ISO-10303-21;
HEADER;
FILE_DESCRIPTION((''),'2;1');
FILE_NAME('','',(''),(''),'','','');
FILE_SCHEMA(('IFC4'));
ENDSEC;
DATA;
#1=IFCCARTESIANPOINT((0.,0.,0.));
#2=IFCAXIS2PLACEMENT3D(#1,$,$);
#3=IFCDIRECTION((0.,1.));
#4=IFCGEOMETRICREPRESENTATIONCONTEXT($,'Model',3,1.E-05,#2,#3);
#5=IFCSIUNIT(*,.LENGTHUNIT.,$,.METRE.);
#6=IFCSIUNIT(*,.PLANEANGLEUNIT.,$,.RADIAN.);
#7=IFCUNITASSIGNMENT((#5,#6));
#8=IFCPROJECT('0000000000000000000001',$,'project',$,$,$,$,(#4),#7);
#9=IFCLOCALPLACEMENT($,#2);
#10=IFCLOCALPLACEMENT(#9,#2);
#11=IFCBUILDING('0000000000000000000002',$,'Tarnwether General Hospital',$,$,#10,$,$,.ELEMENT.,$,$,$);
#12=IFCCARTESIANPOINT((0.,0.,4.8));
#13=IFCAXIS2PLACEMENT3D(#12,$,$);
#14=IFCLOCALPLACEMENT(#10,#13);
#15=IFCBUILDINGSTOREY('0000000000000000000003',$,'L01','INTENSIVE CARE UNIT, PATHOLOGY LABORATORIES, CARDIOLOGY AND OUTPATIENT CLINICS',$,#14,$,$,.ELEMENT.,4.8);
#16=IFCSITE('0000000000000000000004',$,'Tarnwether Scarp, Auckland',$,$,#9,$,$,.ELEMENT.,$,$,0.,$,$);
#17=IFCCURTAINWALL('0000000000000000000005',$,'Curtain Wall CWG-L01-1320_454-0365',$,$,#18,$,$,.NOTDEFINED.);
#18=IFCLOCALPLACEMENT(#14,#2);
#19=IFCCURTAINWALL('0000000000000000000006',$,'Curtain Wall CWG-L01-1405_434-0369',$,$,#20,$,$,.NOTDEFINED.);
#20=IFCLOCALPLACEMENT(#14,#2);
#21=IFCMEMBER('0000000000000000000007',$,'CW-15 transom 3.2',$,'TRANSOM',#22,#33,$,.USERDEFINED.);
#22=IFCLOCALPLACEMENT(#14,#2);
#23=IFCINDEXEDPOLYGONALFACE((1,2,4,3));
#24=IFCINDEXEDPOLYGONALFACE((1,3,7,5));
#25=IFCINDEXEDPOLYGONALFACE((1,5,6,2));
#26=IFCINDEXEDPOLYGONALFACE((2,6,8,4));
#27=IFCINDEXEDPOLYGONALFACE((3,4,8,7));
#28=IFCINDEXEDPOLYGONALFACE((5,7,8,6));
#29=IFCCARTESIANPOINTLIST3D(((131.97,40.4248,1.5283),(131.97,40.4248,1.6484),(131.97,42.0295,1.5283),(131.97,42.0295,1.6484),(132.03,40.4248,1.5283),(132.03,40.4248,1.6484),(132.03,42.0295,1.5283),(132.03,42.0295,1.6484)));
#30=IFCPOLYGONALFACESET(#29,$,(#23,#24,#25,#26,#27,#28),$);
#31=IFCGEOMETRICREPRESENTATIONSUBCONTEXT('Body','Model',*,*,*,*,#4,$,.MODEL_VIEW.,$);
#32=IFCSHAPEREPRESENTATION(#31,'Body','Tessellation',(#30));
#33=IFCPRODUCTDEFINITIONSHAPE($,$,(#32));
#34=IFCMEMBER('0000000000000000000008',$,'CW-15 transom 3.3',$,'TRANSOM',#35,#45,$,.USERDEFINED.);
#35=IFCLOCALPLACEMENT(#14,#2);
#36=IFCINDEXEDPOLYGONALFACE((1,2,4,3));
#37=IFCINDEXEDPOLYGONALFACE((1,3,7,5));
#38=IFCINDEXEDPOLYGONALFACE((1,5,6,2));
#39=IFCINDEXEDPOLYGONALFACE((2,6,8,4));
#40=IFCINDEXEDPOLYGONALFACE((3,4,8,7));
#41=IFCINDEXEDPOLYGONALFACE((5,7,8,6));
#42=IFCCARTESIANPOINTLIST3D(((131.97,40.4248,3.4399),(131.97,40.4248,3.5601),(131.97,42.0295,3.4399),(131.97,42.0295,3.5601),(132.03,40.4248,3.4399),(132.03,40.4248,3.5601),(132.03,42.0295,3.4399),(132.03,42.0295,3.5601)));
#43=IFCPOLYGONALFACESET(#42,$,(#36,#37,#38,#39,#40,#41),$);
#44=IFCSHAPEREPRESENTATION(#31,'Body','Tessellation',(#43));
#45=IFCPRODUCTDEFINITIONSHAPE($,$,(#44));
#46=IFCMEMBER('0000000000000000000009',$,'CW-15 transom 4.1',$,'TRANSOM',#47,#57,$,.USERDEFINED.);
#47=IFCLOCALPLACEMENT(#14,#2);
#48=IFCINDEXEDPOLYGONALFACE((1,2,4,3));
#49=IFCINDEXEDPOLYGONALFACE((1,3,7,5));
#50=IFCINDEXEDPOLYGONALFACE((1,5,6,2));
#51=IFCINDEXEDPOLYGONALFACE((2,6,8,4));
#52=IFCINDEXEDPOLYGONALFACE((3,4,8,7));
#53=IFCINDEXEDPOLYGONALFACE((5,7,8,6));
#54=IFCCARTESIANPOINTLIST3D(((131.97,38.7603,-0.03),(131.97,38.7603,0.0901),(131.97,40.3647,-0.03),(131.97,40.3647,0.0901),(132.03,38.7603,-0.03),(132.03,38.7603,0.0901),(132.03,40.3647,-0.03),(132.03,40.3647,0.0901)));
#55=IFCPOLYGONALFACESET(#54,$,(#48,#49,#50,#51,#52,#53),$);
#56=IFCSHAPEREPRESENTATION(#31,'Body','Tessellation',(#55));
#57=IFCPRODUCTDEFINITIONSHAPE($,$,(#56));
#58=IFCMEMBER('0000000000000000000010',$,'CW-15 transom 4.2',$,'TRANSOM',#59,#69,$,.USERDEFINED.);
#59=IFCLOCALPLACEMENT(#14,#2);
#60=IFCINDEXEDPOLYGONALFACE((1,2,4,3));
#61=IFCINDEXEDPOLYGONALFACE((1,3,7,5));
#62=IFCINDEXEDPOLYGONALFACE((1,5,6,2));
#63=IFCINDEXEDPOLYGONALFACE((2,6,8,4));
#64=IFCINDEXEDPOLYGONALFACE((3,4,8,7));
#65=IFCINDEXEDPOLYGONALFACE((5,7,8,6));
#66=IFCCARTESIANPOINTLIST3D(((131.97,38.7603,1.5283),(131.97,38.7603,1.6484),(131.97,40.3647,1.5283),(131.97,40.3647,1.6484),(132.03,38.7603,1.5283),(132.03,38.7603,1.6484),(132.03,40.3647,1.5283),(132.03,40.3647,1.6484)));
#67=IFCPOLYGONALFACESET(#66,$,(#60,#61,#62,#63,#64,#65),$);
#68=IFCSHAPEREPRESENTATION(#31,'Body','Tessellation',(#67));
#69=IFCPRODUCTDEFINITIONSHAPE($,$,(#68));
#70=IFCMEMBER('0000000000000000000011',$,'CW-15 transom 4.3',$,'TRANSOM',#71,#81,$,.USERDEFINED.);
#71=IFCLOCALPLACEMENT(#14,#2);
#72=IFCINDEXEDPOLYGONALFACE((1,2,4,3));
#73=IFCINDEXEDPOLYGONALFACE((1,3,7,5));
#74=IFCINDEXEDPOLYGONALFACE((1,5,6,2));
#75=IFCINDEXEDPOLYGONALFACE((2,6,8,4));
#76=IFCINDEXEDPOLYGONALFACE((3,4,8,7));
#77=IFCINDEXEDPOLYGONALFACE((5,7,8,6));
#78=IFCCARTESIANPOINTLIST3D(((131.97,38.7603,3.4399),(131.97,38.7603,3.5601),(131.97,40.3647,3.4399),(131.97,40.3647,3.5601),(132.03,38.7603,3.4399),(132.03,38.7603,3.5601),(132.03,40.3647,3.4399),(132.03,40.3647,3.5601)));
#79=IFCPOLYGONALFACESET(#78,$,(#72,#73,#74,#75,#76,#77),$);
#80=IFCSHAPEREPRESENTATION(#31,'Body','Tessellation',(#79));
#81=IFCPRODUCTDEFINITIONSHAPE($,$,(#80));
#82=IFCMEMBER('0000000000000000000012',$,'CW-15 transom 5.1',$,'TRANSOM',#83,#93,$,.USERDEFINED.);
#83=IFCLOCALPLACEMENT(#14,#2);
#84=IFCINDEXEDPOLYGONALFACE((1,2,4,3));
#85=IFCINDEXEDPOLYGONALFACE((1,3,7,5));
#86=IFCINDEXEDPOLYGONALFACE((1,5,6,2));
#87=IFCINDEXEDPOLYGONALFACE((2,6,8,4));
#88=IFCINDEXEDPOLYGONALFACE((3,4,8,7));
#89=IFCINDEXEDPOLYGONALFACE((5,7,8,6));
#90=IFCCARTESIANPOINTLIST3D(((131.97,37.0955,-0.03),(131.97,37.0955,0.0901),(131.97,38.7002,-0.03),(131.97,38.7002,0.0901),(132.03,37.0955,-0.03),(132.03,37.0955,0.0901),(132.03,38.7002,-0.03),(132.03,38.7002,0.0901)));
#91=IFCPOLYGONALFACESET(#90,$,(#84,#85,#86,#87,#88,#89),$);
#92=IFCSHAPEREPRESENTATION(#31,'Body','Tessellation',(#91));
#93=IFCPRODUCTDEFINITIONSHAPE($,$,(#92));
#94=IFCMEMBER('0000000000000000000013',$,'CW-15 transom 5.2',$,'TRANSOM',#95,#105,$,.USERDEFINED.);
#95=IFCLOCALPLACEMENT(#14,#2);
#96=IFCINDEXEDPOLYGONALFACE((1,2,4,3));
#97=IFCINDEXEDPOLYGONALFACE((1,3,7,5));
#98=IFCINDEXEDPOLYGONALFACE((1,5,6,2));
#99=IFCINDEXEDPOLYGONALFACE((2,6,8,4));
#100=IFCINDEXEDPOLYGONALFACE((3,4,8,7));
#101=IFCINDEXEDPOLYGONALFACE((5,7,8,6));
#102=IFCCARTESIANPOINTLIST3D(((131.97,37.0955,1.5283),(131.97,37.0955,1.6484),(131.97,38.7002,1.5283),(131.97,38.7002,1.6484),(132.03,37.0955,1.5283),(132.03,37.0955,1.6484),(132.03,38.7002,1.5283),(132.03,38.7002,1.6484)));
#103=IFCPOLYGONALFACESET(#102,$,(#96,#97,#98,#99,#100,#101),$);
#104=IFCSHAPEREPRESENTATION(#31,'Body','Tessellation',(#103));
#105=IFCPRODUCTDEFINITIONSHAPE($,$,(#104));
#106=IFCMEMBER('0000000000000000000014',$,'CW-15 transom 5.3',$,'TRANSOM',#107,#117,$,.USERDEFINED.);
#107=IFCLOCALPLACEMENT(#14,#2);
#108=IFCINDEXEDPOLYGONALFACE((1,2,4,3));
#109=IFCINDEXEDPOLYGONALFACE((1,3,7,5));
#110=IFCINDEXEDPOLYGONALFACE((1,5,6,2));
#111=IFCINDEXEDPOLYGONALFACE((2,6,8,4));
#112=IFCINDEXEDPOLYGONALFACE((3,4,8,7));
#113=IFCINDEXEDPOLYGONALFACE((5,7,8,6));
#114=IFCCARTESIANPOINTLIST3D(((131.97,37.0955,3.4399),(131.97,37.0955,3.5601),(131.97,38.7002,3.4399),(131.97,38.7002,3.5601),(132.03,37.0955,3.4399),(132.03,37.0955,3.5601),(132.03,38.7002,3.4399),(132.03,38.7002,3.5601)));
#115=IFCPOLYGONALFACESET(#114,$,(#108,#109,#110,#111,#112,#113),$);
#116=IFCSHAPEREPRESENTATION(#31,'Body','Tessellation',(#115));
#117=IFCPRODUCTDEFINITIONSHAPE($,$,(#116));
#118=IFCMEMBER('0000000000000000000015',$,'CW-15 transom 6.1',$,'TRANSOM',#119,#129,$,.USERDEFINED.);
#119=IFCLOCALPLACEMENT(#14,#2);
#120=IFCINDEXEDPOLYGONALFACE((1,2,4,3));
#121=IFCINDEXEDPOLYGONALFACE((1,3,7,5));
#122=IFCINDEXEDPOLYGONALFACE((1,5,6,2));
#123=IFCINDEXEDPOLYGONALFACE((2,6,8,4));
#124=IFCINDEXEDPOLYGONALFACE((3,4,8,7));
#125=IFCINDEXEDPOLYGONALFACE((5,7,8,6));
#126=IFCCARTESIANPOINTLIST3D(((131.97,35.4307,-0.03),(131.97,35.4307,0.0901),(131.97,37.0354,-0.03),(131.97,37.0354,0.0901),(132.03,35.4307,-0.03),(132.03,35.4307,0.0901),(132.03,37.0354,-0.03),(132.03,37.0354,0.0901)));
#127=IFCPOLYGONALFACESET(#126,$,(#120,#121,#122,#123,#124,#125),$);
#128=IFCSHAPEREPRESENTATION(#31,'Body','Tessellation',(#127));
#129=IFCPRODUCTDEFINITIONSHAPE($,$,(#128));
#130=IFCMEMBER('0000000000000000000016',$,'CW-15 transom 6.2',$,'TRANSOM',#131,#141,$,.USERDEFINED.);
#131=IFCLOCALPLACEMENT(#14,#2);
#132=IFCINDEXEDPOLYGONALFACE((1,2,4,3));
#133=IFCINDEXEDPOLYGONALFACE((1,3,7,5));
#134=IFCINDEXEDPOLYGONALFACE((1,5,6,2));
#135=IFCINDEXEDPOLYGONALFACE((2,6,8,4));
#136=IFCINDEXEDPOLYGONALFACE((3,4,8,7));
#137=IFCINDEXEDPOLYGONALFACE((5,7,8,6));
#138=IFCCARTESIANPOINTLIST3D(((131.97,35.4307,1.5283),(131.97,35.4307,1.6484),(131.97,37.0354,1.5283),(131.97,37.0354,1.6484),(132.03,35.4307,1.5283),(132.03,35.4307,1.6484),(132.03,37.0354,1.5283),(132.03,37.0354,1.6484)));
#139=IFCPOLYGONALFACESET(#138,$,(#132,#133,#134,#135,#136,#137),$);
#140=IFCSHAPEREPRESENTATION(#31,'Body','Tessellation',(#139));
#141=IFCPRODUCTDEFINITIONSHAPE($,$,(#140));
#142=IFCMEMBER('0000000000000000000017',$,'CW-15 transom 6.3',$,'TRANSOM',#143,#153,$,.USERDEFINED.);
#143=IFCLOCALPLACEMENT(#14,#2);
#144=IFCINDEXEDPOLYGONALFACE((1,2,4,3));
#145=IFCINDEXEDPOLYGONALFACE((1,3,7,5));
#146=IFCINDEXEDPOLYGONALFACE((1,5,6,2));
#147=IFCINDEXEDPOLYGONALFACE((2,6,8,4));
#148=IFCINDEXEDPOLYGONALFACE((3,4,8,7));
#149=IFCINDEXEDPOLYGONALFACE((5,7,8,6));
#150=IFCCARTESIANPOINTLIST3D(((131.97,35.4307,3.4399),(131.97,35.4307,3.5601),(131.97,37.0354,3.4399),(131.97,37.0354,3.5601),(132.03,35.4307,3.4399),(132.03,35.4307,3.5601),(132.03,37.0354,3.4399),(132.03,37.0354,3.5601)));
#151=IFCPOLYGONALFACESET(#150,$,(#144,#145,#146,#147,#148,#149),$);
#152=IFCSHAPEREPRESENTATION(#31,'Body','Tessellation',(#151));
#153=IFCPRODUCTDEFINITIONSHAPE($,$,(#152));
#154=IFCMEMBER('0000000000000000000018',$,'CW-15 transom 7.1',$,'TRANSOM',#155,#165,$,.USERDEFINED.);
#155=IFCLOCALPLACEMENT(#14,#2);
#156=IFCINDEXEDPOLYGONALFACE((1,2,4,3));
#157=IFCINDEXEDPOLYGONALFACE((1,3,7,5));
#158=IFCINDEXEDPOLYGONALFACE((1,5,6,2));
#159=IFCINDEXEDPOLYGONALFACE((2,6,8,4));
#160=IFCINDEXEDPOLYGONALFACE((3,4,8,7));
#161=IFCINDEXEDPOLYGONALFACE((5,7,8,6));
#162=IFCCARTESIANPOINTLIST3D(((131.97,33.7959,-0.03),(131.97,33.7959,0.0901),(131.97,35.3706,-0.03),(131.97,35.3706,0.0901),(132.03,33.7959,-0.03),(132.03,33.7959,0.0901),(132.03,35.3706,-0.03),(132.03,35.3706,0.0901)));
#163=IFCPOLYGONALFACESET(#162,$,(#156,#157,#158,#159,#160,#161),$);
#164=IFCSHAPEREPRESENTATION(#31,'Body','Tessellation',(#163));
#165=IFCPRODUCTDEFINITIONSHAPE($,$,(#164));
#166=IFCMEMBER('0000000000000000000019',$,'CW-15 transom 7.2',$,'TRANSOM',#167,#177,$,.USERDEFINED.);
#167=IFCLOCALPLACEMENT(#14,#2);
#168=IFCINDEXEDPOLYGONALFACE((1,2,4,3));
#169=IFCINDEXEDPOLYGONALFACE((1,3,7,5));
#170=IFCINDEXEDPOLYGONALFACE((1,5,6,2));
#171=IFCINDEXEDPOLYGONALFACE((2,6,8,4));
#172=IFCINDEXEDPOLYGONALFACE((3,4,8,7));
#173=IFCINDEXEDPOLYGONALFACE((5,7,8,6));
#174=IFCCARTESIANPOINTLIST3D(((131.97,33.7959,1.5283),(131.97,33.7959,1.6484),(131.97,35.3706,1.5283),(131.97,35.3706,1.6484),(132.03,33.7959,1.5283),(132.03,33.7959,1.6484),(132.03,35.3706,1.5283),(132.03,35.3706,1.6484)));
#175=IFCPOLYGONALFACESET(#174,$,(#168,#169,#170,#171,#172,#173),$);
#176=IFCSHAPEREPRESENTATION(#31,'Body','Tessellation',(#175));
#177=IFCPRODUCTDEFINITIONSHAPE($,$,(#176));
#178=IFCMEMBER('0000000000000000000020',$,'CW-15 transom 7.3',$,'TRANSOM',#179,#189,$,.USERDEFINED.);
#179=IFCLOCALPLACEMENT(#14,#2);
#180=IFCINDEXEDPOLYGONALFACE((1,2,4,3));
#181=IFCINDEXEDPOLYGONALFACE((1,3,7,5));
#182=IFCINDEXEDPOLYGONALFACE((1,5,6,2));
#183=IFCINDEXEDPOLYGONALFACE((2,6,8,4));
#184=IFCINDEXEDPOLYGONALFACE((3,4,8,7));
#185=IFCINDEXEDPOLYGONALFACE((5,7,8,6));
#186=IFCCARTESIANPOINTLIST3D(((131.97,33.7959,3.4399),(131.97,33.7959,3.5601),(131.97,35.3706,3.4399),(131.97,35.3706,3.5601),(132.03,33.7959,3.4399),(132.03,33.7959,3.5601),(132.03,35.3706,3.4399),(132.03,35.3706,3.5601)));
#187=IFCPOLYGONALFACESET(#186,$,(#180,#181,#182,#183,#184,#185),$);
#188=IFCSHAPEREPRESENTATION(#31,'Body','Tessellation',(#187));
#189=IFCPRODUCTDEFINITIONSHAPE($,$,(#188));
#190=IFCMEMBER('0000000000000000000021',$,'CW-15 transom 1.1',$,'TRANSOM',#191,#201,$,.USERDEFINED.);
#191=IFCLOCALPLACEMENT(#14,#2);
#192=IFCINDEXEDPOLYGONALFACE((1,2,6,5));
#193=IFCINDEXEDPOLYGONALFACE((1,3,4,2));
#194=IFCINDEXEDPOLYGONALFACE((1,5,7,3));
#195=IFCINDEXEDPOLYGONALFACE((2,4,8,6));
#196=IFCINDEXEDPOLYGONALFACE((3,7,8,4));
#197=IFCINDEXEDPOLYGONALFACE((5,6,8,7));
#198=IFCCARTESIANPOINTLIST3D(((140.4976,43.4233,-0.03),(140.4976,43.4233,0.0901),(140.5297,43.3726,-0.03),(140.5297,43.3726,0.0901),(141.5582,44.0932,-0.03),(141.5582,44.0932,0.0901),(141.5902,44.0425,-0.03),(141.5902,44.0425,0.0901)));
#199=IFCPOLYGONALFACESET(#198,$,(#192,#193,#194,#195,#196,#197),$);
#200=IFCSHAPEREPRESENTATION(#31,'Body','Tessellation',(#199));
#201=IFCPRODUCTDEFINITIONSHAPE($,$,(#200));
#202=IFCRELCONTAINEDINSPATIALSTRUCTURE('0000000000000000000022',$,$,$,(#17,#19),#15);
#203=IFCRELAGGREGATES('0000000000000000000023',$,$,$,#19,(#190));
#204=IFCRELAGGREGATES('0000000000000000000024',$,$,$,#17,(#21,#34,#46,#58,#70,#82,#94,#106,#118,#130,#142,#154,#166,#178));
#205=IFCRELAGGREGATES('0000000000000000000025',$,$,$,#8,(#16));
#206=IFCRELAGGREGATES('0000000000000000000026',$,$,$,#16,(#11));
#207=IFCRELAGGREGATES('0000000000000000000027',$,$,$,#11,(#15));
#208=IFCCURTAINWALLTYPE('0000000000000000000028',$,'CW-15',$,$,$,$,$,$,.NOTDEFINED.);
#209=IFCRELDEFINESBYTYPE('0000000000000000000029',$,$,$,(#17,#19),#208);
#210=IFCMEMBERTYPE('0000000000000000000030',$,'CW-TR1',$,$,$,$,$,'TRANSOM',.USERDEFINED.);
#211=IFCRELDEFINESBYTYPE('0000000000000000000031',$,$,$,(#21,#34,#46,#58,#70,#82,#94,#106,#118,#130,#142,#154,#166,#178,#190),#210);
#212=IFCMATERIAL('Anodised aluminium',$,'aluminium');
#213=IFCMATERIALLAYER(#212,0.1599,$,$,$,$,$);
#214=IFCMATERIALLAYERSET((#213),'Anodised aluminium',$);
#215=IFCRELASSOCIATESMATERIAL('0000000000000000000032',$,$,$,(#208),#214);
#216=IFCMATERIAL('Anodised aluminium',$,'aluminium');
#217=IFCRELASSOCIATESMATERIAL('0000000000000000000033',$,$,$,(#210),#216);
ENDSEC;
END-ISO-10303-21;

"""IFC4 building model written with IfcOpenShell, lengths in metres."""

from ifc_helpers import new_model, si_unit, direction, frame, origin, origin_2d, place, context, subcontext, project, spatial, rectangle, extrude, material, layer, layer_set, material_profile, profile_set, type_object, element, aggregate, save


model = new_model("IFC4")

# Units and contexts
model_context = context("Model", 3, precision=1e-05, world=origin(), true_north=direction((0.0, 1.0)))
body_context = subcontext(model_context, "Body", "Model", "MODEL_VIEW")
ifc_project = project(units=[si_unit("LENGTHUNIT", "METRE"), si_unit("PLANEANGLEUNIT", "RADIAN")], contexts=[model_context])

# Site, building, storey
site_placement = place(None, origin())
site = spatial("IfcSite", under=ifc_project, at=site_placement, Name="Tarnwether Scarp, Auckland", CompositionType="ELEMENT", RefElevation=0.0)
building_placement = place(site_placement, origin())
building = spatial("IfcBuilding", under=site, at=building_placement, Name="Tarnwether General Hospital", CompositionType="ELEMENT")
storey_placement = place(building_placement, frame((0.0, 0.0, 4.8)))
storey = spatial("IfcBuildingStorey", under=building, at=storey_placement, Name="L01", Description="INTENSIVE CARE UNIT, PATHOLOGY LABORATORIES, CARDIOLOGY AND OUTPATIENT CLINICS", CompositionType="ELEMENT", Elevation=4.8)

# Curtain wall
ifc_material_1 = material(Name="Anodised aluminium", Category="aluminium")
ifc_layer_1 = layer(ifc_material_1, 0.1599)
ifc_layer_set_1 = layer_set([ifc_layer_1], Name="Anodised aluminium")
curtain_wall_type = type_object("IfcCurtainWallType", Name="CW-15", PredefinedType="NOTDEFINED", material=ifc_layer_set_1)
curtain_wall_1_placement = place(storey_placement, origin())
curtain_wall_1 = element("IfcCurtainWall", 1, at=curtain_wall_1_placement, inside=storey, type_object=curtain_wall_type, Name="Curtain Wall CWG-L01-1320_454-0365", PredefinedType="NOTDEFINED")

# Curtain wall
curtain_wall_2_placement = place(storey_placement, origin())
curtain_wall_2 = element("IfcCurtainWall", 2, at=curtain_wall_2_placement, inside=storey, type_object=curtain_wall_type, Name="Curtain Wall CWG-L01-1405_434-0369", PredefinedType="NOTDEFINED")

# Members
ifc_material_2 = material(Name="Anodised aluminium", Category="aluminium")
ifc_material_profile_1 = material_profile(ifc_material_2, rectangle(XDim=0.0601, YDim=0.1201, at=origin_2d()), Name="ALU-TRN-60x120")
ifc_profile_set_1 = profile_set([ifc_material_profile_1], Name="Anodised aluminium")
member_type_1 = type_object("IfcMemberType", Name="CW-TR1", ElementType="TRANSOM", PredefinedType="USERDEFINED", material=ifc_profile_set_1)
member_1_placement = place(storey_placement, frame((132.0, 42.0295, 1.5884), z_axis=(0.0, -1.0, 0.0), x_axis=(1.0, 0.0, 0.0)))
member_1 = element("IfcMember", 3, at=member_1_placement, type_object=member_type_1, Name="CW-15 transom 3.2", ObjectType="TRANSOM", PredefinedType="USERDEFINED", context=body_context, shape_type="SweptSolid", body=[
    extrude(rectangle(XDim=0.0601, YDim=0.1201, at=origin_2d()), origin(), (0.0, 0.0, 1.0), 1.6047),
])
member_2_placement = place(storey_placement, frame((132.0, 42.0295, 3.5), z_axis=(0.0, -1.0, 0.0), x_axis=(1.0, 0.0, 0.0)))
member_2 = element("IfcMember", 4, at=member_2_placement, type_object=member_type_1, Name="CW-15 transom 3.3", ObjectType="TRANSOM", PredefinedType="USERDEFINED", context=body_context, shape_type="SweptSolid", body=[
    extrude(rectangle(XDim=0.0601, YDim=0.1201, at=origin_2d()), origin(), (0.0, 0.0, 1.0), 1.6047),
])
member_3_placement = place(storey_placement, frame((132.0, 40.3647, 0.03), z_axis=(0.0, -1.0, 0.0), x_axis=(1.0, 0.0, 0.0)))
member_3 = element("IfcMember", 5, at=member_3_placement, type_object=member_type_1, Name="CW-15 transom 4.1", ObjectType="TRANSOM", PredefinedType="USERDEFINED", context=body_context, shape_type="SweptSolid", body=[
    extrude(rectangle(XDim=0.0601, YDim=0.1201, at=origin_2d()), origin(), (0.0, 0.0, 1.0), 1.6045),
])
member_4_placement = place(storey_placement, frame((132.0, 40.3647, 1.5884), z_axis=(0.0, -1.0, 0.0), x_axis=(1.0, 0.0, 0.0)))
member_4 = element("IfcMember", 6, at=member_4_placement, type_object=member_type_1, Name="CW-15 transom 4.2", ObjectType="TRANSOM", PredefinedType="USERDEFINED", context=body_context, shape_type="SweptSolid", body=[
    extrude(rectangle(XDim=0.0601, YDim=0.1201, at=origin_2d()), origin(), (0.0, 0.0, 1.0), 1.6045),
])
member_5_placement = place(storey_placement, frame((132.0, 40.3647, 3.5), z_axis=(0.0, -1.0, 0.0), x_axis=(1.0, 0.0, 0.0)))
member_5 = element("IfcMember", 7, at=member_5_placement, type_object=member_type_1, Name="CW-15 transom 4.3", ObjectType="TRANSOM", PredefinedType="USERDEFINED", context=body_context, shape_type="SweptSolid", body=[
    extrude(rectangle(XDim=0.0601, YDim=0.1201, at=origin_2d()), origin(), (0.0, 0.0, 1.0), 1.6045),
])
member_6_placement = place(storey_placement, frame((132.0, 38.7002, 0.03), z_axis=(0.0, -1.0, 0.0), x_axis=(1.0, 0.0, 0.0)))
member_6 = element("IfcMember", 8, at=member_6_placement, type_object=member_type_1, Name="CW-15 transom 5.1", ObjectType="TRANSOM", PredefinedType="USERDEFINED", context=body_context, shape_type="SweptSolid", body=[
    extrude(rectangle(XDim=0.0601, YDim=0.1201, at=origin_2d()), origin(), (0.0, 0.0, 1.0), 1.6047),
])
member_7_placement = place(storey_placement, frame((132.0, 38.7002, 1.5884), z_axis=(0.0, -1.0, 0.0), x_axis=(1.0, 0.0, 0.0)))
member_7 = element("IfcMember", 9, at=member_7_placement, type_object=member_type_1, Name="CW-15 transom 5.2", ObjectType="TRANSOM", PredefinedType="USERDEFINED", context=body_context, shape_type="SweptSolid", body=[
    extrude(rectangle(XDim=0.0601, YDim=0.1201, at=origin_2d()), origin(), (0.0, 0.0, 1.0), 1.6047),
])
member_8_placement = place(storey_placement, frame((132.0, 38.7002, 3.5), z_axis=(0.0, -1.0, 0.0), x_axis=(1.0, 0.0, 0.0)))
member_8 = element("IfcMember", 10, at=member_8_placement, type_object=member_type_1, Name="CW-15 transom 5.3", ObjectType="TRANSOM", PredefinedType="USERDEFINED", context=body_context, shape_type="SweptSolid", body=[
    extrude(rectangle(XDim=0.0601, YDim=0.1201, at=origin_2d()), origin(), (0.0, 0.0, 1.0), 1.6047),
])
member_9_placement = place(storey_placement, frame((132.0, 37.0354, 0.03), z_axis=(0.0, -1.0, 0.0), x_axis=(1.0, 0.0, 0.0)))
member_9 = element("IfcMember", 11, at=member_9_placement, type_object=member_type_1, Name="CW-15 transom 6.1", ObjectType="TRANSOM", PredefinedType="USERDEFINED", context=body_context, shape_type="SweptSolid", body=[
    extrude(rectangle(XDim=0.0601, YDim=0.1201, at=origin_2d()), origin(), (0.0, 0.0, 1.0), 1.6047),
])
member_10_placement = place(storey_placement, frame((132.0, 37.0354, 1.5884), z_axis=(0.0, -1.0, 0.0), x_axis=(1.0, 0.0, 0.0)))
member_10 = element("IfcMember", 12, at=member_10_placement, type_object=member_type_1, Name="CW-15 transom 6.2", ObjectType="TRANSOM", PredefinedType="USERDEFINED", context=body_context, shape_type="SweptSolid", body=[
    extrude(rectangle(XDim=0.0601, YDim=0.1201, at=origin_2d()), origin(), (0.0, 0.0, 1.0), 1.6047),
])
member_11_placement = place(storey_placement, frame((132.0, 37.0354, 3.5), z_axis=(0.0, -1.0, 0.0), x_axis=(1.0, 0.0, 0.0)))
member_11 = element("IfcMember", 13, at=member_11_placement, type_object=member_type_1, Name="CW-15 transom 6.3", ObjectType="TRANSOM", PredefinedType="USERDEFINED", context=body_context, shape_type="SweptSolid", body=[
    extrude(rectangle(XDim=0.0601, YDim=0.1201, at=origin_2d()), origin(), (0.0, 0.0, 1.0), 1.6047),
])
member_12_placement = place(storey_placement, frame((132.0, 35.3706, 0.03), z_axis=(0.0, -1.0, 0.0), x_axis=(1.0, 0.0, 0.0)))
member_12 = element("IfcMember", 14, at=member_12_placement, type_object=member_type_1, Name="CW-15 transom 7.1", ObjectType="TRANSOM", PredefinedType="USERDEFINED", context=body_context, shape_type="SweptSolid", body=[
    extrude(rectangle(XDim=0.0601, YDim=0.1201, at=origin_2d()), origin(), (0.0, 0.0, 1.0), 1.5747),
])
member_13_placement = place(storey_placement, frame((132.0, 35.3706, 1.5884), z_axis=(0.0, -1.0, 0.0), x_axis=(1.0, 0.0, 0.0)))
member_13 = element("IfcMember", 15, at=member_13_placement, type_object=member_type_1, Name="CW-15 transom 7.2", ObjectType="TRANSOM", PredefinedType="USERDEFINED", context=body_context, shape_type="SweptSolid", body=[
    extrude(rectangle(XDim=0.0601, YDim=0.1201, at=origin_2d()), origin(), (0.0, 0.0, 1.0), 1.5747),
])
member_14_placement = place(storey_placement, frame((132.0, 35.3706, 3.5), z_axis=(0.0, -1.0, 0.0), x_axis=(1.0, 0.0, 0.0)))
member_14 = element("IfcMember", 16, at=member_14_placement, type_object=member_type_1, Name="CW-15 transom 7.3", ObjectType="TRANSOM", PredefinedType="USERDEFINED", context=body_context, shape_type="SweptSolid", body=[
    extrude(rectangle(XDim=0.0601, YDim=0.1201, at=origin_2d()), origin(), (0.0, 0.0, 1.0), 1.5747),
])
member_15_placement = place(storey_placement, frame((140.5137, 43.3979, 0.03), z_axis=(0.845452, 0.534052, 0.0), x_axis=(-0.534052, 0.845452, 0.0)))
member_15 = element("IfcMember", 17, at=member_15_placement, type_object=member_type_1, Name="CW-15 transom 1.1", ObjectType="TRANSOM", PredefinedType="USERDEFINED", context=body_context, shape_type="SweptSolid", body=[
    extrude(rectangle(XDim=0.0601, YDim=0.1201, at=origin_2d()), origin(), (0.0, 0.0, 1.0), 1.2544),
])
aggregate(curtain_wall_2, [member_15])

aggregate(curtain_wall_1, [member_1, member_2, member_3, member_4, member_5, member_6, member_7, member_8, member_9, member_10, member_11, member_12, member_13, member_14])

save(model, "model.ifc")
